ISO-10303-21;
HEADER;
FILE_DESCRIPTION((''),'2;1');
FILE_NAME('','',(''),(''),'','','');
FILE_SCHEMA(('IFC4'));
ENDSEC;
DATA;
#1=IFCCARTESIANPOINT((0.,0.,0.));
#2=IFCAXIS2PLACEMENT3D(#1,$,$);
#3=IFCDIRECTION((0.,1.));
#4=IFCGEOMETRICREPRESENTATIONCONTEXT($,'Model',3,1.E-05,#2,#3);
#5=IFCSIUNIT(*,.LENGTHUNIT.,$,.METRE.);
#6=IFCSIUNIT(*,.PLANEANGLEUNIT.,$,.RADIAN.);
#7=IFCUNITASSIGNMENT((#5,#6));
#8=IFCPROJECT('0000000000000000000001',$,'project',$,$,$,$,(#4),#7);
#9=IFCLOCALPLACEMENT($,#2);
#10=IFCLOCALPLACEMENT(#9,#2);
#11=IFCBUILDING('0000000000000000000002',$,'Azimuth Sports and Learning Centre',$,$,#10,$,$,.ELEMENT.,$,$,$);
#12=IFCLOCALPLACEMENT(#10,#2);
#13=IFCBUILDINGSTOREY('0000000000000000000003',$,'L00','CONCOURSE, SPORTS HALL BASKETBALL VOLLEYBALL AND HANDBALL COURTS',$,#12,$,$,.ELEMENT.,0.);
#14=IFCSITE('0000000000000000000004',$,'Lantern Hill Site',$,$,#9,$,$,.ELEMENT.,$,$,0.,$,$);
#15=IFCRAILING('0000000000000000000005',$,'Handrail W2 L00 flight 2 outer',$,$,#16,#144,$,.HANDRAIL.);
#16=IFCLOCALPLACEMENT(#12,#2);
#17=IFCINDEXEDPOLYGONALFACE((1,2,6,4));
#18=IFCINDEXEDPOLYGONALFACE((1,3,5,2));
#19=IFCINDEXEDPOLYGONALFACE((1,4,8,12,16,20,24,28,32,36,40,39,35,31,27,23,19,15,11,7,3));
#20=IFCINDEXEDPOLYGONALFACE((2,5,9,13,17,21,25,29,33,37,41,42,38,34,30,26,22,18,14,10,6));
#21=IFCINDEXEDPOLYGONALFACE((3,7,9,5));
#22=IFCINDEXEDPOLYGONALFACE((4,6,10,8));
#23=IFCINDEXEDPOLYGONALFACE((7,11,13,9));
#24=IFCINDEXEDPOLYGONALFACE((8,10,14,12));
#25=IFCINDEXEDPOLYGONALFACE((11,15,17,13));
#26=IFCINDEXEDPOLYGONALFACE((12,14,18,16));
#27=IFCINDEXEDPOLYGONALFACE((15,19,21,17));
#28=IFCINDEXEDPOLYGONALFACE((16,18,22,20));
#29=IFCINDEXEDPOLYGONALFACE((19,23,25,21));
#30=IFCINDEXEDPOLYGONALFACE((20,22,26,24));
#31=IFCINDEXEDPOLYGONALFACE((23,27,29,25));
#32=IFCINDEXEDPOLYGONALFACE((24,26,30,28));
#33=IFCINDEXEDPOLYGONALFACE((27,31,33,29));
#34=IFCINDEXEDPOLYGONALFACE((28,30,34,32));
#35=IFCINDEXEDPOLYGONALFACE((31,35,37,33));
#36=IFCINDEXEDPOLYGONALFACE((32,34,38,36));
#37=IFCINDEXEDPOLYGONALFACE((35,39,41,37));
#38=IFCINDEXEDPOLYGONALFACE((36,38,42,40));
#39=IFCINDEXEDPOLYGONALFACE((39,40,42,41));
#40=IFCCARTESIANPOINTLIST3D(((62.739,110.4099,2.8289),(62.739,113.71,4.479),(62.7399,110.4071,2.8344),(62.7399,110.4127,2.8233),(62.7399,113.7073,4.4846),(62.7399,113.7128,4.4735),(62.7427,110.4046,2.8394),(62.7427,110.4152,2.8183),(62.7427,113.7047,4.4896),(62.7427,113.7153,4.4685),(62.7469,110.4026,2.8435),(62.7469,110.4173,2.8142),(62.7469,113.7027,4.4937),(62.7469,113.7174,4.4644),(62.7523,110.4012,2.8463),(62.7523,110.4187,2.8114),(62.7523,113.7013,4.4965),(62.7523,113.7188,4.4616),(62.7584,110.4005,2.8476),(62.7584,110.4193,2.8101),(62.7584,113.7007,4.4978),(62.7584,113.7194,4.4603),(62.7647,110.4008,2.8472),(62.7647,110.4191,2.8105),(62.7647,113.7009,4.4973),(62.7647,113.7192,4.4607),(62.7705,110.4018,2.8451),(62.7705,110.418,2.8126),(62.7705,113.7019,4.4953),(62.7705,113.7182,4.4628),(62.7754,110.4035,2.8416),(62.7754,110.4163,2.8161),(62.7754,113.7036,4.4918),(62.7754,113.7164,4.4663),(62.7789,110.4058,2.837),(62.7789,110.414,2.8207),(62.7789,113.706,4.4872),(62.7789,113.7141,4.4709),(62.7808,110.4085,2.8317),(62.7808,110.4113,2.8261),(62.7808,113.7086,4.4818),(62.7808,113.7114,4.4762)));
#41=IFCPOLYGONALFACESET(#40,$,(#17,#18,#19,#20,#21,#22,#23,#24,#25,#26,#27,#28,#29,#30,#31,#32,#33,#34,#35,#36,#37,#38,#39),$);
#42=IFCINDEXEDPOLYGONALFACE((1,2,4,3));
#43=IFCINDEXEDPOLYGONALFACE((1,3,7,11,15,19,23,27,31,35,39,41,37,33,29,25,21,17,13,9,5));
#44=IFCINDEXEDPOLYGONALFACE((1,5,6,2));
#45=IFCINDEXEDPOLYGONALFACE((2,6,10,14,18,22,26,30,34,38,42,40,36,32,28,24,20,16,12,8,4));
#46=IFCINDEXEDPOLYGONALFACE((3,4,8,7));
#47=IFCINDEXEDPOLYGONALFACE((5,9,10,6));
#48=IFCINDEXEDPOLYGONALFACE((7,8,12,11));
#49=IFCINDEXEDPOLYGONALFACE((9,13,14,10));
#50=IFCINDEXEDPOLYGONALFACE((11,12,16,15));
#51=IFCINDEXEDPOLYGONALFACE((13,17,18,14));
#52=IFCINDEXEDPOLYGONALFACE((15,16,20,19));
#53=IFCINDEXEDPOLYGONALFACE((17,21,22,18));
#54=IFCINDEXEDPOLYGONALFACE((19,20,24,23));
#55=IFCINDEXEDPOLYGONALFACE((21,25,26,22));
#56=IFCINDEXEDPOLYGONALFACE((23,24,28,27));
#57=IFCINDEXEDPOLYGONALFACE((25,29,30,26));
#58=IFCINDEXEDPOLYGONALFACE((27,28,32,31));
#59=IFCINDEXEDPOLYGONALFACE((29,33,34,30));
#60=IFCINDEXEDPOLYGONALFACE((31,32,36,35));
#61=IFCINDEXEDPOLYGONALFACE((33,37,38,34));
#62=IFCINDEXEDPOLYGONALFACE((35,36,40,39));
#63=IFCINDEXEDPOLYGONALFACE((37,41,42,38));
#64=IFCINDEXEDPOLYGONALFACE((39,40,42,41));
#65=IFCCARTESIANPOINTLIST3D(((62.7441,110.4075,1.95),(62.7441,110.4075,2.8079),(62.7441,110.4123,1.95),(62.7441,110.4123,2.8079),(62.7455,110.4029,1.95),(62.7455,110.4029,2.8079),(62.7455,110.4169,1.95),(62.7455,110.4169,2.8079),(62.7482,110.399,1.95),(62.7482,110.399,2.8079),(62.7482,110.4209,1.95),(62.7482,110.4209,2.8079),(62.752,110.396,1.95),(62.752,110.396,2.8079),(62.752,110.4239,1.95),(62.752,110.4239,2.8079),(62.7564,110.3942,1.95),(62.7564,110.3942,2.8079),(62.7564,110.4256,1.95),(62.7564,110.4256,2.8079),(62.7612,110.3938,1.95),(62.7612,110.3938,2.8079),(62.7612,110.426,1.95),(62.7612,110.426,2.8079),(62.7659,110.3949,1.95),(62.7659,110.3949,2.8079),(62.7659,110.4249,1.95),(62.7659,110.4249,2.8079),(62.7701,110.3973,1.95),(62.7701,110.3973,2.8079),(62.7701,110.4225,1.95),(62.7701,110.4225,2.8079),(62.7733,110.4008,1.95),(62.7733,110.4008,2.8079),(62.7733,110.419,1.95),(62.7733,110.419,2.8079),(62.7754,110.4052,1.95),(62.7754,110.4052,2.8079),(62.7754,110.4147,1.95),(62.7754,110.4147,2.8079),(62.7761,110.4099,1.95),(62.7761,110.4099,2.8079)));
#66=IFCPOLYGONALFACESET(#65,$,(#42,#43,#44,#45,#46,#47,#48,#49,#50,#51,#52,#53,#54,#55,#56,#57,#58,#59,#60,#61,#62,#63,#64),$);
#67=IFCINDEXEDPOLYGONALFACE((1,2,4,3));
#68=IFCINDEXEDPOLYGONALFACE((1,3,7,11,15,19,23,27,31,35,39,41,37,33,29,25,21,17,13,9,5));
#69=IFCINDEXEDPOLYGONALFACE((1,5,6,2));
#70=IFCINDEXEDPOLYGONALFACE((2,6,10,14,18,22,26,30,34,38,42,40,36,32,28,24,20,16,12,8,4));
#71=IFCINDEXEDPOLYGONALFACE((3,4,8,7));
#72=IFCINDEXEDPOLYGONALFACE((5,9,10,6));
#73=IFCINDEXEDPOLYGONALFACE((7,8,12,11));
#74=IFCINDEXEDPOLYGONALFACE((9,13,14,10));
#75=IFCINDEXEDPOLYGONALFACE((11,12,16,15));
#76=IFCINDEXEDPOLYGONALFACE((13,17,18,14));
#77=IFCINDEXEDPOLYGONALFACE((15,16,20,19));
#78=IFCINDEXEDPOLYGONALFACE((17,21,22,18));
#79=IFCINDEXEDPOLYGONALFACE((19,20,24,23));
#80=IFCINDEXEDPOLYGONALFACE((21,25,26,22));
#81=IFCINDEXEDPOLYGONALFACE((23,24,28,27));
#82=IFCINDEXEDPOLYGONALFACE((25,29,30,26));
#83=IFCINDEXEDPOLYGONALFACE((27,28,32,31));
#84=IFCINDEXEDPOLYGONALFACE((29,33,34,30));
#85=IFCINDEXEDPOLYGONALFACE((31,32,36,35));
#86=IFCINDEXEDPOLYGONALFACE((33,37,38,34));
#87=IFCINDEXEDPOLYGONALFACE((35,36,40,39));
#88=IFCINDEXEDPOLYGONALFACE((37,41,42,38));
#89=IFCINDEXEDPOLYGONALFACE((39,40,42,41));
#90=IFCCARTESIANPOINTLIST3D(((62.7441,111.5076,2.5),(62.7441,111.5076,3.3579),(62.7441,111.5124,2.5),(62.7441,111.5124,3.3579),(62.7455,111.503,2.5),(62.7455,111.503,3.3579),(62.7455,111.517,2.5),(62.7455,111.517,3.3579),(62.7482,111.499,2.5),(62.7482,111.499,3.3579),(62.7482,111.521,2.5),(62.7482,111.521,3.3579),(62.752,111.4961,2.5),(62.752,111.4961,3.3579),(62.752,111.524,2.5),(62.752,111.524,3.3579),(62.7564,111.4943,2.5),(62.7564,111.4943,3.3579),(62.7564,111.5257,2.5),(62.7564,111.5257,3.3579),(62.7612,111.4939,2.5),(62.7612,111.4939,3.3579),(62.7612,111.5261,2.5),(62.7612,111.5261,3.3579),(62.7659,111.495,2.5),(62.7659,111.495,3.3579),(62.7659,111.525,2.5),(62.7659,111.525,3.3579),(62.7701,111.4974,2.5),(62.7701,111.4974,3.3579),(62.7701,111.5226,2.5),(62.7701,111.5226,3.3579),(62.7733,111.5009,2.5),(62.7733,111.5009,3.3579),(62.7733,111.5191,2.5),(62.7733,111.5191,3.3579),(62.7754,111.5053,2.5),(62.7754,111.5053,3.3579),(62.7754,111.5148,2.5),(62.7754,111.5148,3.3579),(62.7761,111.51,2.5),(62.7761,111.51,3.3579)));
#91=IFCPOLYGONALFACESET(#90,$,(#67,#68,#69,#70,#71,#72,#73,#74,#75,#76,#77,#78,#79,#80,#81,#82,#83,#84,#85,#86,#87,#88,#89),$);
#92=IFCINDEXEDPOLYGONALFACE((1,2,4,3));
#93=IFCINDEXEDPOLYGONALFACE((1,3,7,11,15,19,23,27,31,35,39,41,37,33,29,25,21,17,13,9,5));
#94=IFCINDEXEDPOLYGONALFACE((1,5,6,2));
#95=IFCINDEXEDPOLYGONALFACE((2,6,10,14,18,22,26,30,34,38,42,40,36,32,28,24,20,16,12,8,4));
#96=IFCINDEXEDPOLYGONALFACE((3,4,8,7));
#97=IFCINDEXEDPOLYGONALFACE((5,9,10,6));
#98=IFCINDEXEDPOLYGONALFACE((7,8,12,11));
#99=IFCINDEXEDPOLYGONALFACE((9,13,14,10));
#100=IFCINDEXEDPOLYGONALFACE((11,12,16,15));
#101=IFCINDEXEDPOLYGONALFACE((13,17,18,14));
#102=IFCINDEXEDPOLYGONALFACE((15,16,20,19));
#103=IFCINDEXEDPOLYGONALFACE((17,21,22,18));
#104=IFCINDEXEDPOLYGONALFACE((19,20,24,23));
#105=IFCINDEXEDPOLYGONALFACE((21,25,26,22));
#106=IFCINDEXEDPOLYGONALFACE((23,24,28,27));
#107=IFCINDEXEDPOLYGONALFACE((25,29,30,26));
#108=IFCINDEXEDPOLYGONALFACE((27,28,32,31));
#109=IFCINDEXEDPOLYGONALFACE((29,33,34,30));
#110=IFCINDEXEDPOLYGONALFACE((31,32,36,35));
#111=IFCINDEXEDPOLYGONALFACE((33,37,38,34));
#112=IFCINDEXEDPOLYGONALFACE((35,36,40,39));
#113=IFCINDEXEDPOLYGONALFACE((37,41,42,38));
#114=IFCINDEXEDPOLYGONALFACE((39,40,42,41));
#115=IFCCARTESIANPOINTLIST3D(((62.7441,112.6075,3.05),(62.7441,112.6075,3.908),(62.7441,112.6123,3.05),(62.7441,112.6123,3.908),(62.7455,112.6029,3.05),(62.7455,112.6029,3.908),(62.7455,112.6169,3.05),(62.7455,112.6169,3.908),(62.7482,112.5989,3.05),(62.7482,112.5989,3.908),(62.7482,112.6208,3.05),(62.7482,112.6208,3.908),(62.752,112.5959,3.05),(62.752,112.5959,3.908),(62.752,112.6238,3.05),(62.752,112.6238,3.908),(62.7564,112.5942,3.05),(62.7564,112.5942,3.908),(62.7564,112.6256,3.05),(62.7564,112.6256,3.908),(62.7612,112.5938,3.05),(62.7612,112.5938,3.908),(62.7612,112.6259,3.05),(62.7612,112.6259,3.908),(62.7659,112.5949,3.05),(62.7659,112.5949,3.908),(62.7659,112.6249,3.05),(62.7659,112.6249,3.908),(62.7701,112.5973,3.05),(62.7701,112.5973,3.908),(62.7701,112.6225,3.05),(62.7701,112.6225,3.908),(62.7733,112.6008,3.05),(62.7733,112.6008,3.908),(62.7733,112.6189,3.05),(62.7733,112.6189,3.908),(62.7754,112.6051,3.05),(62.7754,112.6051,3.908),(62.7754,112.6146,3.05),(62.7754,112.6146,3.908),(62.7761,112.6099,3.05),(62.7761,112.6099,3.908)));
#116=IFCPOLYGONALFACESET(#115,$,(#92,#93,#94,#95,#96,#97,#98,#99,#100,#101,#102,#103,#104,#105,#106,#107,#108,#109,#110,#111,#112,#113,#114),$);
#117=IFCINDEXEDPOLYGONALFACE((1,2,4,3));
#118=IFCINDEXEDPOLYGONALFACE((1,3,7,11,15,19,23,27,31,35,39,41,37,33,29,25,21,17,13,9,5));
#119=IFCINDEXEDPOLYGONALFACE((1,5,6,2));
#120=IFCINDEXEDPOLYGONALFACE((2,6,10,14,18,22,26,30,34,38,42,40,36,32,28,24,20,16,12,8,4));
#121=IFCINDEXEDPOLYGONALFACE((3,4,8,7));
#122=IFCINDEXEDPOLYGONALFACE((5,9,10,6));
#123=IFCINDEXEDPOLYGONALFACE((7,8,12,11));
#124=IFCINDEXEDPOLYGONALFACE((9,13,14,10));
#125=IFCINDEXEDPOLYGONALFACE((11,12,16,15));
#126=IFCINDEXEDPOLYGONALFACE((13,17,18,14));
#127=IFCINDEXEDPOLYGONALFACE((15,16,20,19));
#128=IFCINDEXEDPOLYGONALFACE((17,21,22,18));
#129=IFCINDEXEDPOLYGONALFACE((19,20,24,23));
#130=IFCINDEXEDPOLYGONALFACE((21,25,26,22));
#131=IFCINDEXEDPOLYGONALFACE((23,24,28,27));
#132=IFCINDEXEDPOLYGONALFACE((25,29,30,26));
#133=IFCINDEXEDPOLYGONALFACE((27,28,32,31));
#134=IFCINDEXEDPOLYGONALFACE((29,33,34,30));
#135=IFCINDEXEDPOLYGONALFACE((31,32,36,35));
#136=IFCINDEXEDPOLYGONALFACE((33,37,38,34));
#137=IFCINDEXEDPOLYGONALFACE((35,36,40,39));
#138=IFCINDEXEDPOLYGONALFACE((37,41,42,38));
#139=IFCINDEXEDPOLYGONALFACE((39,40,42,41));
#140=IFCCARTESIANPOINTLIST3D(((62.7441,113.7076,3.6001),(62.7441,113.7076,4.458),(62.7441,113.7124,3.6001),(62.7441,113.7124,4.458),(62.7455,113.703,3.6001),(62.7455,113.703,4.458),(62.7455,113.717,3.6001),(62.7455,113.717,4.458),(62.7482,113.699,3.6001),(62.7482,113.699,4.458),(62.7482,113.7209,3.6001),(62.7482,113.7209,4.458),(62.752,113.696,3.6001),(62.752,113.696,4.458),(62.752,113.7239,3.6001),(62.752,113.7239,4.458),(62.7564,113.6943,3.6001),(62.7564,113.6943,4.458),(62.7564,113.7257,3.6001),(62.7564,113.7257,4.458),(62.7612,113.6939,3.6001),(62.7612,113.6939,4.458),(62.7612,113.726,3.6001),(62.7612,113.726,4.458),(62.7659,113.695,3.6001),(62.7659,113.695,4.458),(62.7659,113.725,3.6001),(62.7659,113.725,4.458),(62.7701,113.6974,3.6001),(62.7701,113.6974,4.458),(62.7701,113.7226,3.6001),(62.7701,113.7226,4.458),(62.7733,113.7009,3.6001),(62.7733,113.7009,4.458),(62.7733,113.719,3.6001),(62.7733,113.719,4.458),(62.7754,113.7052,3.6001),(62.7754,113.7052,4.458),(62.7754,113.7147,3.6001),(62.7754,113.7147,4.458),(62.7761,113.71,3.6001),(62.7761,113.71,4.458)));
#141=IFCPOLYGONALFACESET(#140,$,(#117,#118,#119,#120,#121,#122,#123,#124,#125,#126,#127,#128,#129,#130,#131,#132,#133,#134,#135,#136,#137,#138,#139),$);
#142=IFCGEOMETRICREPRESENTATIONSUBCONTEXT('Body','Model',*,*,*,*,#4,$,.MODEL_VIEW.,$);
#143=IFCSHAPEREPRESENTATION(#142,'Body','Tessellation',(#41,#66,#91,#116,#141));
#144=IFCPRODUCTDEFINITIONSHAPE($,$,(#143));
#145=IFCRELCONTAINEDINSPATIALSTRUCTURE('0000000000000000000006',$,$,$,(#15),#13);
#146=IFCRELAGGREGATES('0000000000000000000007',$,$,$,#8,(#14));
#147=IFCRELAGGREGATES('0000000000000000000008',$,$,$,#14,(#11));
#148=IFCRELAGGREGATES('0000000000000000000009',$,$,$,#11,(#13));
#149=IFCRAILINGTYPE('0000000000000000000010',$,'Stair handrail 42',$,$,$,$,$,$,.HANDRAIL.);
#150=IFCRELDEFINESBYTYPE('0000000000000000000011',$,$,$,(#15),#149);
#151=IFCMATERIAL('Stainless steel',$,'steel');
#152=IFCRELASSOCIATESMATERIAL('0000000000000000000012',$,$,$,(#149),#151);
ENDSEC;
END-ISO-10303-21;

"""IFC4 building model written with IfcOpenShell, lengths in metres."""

from ifc_helpers import new_model, si_unit, direction, frame, origin, origin_2d, place, context, subcontext, project, spatial, circle, extrude, material, type_object, element, save


model = new_model("IFC4")

# Units and contexts
model_context = context("Model", 3, precision=1e-05, world=origin(), true_north=direction((0.0, 1.0)))
body_context = subcontext(model_context, "Body", "Model", "MODEL_VIEW")
ifc_project = project(units=[si_unit("LENGTHUNIT", "METRE"), si_unit("PLANEANGLEUNIT", "RADIAN")], contexts=[model_context])

# Site, building, storey
site_placement = place(None, origin())
site = spatial("IfcSite", under=ifc_project, at=site_placement, Name="Lantern Hill Site", CompositionType="ELEMENT", RefElevation=0.0)
building_placement = place(site_placement, origin())
building = spatial("IfcBuilding", under=site, at=building_placement, Name="Azimuth Sports and Learning Centre", CompositionType="ELEMENT")
storey_placement = place(building_placement, origin())
storey = spatial("IfcBuildingStorey", under=building, at=storey_placement, Name="L00", Description="CONCOURSE, SPORTS HALL BASKETBALL VOLLEYBALL AND HANDBALL COURTS", CompositionType="ELEMENT", Elevation=0.0)

# Railing
ifc_material_1 = material(Name="Stainless steel", Category="steel")
railing_type = type_object("IfcRailingType", Name="Stair handrail 42", PredefinedType="HANDRAIL", material=ifc_material_1)
for number, where, name in (
    (1, (62.76, 110.4099, 1.95), "Handrail W2 L00 flight 2 outer"),
):
    element("IfcRailing", number, at=place(storey_placement, frame(where)), inside=storey, type_object=railing_type, Name=name, PredefinedType="HANDRAIL", context=body_context, shape_type="SweptSolid", body=[
        extrude(circle(Radius=0.021, at=origin_2d()), frame((0.0, 0.0, 0.8789), z_axis=(0.0, 0.894414, 0.44724), x_axis=(-1.0, 0.0, 0.0)), (0.0, 0.0, 1.0), 3.6897),
        extrude(circle(Radius=0.0161, at=origin_2d()), origin(), (0.0, 0.0, 1.0), 0.8579),
        extrude(circle(Radius=0.0161, at=origin_2d()), frame((0.0, 1.1001, 0.55)), (0.0, 0.0, 1.0), 0.8579),
        extrude(circle(Radius=0.0161, at=origin_2d()), frame((0.0, 2.2, 1.1001)), (0.0, 0.0, 1.0), 0.8579),
        extrude(circle(Radius=0.0161, at=origin_2d()), frame((0.0, 3.3, 1.6501)), (0.0, 0.0, 1.0), 0.8579),
    ])

save(model, "model.ifc")
